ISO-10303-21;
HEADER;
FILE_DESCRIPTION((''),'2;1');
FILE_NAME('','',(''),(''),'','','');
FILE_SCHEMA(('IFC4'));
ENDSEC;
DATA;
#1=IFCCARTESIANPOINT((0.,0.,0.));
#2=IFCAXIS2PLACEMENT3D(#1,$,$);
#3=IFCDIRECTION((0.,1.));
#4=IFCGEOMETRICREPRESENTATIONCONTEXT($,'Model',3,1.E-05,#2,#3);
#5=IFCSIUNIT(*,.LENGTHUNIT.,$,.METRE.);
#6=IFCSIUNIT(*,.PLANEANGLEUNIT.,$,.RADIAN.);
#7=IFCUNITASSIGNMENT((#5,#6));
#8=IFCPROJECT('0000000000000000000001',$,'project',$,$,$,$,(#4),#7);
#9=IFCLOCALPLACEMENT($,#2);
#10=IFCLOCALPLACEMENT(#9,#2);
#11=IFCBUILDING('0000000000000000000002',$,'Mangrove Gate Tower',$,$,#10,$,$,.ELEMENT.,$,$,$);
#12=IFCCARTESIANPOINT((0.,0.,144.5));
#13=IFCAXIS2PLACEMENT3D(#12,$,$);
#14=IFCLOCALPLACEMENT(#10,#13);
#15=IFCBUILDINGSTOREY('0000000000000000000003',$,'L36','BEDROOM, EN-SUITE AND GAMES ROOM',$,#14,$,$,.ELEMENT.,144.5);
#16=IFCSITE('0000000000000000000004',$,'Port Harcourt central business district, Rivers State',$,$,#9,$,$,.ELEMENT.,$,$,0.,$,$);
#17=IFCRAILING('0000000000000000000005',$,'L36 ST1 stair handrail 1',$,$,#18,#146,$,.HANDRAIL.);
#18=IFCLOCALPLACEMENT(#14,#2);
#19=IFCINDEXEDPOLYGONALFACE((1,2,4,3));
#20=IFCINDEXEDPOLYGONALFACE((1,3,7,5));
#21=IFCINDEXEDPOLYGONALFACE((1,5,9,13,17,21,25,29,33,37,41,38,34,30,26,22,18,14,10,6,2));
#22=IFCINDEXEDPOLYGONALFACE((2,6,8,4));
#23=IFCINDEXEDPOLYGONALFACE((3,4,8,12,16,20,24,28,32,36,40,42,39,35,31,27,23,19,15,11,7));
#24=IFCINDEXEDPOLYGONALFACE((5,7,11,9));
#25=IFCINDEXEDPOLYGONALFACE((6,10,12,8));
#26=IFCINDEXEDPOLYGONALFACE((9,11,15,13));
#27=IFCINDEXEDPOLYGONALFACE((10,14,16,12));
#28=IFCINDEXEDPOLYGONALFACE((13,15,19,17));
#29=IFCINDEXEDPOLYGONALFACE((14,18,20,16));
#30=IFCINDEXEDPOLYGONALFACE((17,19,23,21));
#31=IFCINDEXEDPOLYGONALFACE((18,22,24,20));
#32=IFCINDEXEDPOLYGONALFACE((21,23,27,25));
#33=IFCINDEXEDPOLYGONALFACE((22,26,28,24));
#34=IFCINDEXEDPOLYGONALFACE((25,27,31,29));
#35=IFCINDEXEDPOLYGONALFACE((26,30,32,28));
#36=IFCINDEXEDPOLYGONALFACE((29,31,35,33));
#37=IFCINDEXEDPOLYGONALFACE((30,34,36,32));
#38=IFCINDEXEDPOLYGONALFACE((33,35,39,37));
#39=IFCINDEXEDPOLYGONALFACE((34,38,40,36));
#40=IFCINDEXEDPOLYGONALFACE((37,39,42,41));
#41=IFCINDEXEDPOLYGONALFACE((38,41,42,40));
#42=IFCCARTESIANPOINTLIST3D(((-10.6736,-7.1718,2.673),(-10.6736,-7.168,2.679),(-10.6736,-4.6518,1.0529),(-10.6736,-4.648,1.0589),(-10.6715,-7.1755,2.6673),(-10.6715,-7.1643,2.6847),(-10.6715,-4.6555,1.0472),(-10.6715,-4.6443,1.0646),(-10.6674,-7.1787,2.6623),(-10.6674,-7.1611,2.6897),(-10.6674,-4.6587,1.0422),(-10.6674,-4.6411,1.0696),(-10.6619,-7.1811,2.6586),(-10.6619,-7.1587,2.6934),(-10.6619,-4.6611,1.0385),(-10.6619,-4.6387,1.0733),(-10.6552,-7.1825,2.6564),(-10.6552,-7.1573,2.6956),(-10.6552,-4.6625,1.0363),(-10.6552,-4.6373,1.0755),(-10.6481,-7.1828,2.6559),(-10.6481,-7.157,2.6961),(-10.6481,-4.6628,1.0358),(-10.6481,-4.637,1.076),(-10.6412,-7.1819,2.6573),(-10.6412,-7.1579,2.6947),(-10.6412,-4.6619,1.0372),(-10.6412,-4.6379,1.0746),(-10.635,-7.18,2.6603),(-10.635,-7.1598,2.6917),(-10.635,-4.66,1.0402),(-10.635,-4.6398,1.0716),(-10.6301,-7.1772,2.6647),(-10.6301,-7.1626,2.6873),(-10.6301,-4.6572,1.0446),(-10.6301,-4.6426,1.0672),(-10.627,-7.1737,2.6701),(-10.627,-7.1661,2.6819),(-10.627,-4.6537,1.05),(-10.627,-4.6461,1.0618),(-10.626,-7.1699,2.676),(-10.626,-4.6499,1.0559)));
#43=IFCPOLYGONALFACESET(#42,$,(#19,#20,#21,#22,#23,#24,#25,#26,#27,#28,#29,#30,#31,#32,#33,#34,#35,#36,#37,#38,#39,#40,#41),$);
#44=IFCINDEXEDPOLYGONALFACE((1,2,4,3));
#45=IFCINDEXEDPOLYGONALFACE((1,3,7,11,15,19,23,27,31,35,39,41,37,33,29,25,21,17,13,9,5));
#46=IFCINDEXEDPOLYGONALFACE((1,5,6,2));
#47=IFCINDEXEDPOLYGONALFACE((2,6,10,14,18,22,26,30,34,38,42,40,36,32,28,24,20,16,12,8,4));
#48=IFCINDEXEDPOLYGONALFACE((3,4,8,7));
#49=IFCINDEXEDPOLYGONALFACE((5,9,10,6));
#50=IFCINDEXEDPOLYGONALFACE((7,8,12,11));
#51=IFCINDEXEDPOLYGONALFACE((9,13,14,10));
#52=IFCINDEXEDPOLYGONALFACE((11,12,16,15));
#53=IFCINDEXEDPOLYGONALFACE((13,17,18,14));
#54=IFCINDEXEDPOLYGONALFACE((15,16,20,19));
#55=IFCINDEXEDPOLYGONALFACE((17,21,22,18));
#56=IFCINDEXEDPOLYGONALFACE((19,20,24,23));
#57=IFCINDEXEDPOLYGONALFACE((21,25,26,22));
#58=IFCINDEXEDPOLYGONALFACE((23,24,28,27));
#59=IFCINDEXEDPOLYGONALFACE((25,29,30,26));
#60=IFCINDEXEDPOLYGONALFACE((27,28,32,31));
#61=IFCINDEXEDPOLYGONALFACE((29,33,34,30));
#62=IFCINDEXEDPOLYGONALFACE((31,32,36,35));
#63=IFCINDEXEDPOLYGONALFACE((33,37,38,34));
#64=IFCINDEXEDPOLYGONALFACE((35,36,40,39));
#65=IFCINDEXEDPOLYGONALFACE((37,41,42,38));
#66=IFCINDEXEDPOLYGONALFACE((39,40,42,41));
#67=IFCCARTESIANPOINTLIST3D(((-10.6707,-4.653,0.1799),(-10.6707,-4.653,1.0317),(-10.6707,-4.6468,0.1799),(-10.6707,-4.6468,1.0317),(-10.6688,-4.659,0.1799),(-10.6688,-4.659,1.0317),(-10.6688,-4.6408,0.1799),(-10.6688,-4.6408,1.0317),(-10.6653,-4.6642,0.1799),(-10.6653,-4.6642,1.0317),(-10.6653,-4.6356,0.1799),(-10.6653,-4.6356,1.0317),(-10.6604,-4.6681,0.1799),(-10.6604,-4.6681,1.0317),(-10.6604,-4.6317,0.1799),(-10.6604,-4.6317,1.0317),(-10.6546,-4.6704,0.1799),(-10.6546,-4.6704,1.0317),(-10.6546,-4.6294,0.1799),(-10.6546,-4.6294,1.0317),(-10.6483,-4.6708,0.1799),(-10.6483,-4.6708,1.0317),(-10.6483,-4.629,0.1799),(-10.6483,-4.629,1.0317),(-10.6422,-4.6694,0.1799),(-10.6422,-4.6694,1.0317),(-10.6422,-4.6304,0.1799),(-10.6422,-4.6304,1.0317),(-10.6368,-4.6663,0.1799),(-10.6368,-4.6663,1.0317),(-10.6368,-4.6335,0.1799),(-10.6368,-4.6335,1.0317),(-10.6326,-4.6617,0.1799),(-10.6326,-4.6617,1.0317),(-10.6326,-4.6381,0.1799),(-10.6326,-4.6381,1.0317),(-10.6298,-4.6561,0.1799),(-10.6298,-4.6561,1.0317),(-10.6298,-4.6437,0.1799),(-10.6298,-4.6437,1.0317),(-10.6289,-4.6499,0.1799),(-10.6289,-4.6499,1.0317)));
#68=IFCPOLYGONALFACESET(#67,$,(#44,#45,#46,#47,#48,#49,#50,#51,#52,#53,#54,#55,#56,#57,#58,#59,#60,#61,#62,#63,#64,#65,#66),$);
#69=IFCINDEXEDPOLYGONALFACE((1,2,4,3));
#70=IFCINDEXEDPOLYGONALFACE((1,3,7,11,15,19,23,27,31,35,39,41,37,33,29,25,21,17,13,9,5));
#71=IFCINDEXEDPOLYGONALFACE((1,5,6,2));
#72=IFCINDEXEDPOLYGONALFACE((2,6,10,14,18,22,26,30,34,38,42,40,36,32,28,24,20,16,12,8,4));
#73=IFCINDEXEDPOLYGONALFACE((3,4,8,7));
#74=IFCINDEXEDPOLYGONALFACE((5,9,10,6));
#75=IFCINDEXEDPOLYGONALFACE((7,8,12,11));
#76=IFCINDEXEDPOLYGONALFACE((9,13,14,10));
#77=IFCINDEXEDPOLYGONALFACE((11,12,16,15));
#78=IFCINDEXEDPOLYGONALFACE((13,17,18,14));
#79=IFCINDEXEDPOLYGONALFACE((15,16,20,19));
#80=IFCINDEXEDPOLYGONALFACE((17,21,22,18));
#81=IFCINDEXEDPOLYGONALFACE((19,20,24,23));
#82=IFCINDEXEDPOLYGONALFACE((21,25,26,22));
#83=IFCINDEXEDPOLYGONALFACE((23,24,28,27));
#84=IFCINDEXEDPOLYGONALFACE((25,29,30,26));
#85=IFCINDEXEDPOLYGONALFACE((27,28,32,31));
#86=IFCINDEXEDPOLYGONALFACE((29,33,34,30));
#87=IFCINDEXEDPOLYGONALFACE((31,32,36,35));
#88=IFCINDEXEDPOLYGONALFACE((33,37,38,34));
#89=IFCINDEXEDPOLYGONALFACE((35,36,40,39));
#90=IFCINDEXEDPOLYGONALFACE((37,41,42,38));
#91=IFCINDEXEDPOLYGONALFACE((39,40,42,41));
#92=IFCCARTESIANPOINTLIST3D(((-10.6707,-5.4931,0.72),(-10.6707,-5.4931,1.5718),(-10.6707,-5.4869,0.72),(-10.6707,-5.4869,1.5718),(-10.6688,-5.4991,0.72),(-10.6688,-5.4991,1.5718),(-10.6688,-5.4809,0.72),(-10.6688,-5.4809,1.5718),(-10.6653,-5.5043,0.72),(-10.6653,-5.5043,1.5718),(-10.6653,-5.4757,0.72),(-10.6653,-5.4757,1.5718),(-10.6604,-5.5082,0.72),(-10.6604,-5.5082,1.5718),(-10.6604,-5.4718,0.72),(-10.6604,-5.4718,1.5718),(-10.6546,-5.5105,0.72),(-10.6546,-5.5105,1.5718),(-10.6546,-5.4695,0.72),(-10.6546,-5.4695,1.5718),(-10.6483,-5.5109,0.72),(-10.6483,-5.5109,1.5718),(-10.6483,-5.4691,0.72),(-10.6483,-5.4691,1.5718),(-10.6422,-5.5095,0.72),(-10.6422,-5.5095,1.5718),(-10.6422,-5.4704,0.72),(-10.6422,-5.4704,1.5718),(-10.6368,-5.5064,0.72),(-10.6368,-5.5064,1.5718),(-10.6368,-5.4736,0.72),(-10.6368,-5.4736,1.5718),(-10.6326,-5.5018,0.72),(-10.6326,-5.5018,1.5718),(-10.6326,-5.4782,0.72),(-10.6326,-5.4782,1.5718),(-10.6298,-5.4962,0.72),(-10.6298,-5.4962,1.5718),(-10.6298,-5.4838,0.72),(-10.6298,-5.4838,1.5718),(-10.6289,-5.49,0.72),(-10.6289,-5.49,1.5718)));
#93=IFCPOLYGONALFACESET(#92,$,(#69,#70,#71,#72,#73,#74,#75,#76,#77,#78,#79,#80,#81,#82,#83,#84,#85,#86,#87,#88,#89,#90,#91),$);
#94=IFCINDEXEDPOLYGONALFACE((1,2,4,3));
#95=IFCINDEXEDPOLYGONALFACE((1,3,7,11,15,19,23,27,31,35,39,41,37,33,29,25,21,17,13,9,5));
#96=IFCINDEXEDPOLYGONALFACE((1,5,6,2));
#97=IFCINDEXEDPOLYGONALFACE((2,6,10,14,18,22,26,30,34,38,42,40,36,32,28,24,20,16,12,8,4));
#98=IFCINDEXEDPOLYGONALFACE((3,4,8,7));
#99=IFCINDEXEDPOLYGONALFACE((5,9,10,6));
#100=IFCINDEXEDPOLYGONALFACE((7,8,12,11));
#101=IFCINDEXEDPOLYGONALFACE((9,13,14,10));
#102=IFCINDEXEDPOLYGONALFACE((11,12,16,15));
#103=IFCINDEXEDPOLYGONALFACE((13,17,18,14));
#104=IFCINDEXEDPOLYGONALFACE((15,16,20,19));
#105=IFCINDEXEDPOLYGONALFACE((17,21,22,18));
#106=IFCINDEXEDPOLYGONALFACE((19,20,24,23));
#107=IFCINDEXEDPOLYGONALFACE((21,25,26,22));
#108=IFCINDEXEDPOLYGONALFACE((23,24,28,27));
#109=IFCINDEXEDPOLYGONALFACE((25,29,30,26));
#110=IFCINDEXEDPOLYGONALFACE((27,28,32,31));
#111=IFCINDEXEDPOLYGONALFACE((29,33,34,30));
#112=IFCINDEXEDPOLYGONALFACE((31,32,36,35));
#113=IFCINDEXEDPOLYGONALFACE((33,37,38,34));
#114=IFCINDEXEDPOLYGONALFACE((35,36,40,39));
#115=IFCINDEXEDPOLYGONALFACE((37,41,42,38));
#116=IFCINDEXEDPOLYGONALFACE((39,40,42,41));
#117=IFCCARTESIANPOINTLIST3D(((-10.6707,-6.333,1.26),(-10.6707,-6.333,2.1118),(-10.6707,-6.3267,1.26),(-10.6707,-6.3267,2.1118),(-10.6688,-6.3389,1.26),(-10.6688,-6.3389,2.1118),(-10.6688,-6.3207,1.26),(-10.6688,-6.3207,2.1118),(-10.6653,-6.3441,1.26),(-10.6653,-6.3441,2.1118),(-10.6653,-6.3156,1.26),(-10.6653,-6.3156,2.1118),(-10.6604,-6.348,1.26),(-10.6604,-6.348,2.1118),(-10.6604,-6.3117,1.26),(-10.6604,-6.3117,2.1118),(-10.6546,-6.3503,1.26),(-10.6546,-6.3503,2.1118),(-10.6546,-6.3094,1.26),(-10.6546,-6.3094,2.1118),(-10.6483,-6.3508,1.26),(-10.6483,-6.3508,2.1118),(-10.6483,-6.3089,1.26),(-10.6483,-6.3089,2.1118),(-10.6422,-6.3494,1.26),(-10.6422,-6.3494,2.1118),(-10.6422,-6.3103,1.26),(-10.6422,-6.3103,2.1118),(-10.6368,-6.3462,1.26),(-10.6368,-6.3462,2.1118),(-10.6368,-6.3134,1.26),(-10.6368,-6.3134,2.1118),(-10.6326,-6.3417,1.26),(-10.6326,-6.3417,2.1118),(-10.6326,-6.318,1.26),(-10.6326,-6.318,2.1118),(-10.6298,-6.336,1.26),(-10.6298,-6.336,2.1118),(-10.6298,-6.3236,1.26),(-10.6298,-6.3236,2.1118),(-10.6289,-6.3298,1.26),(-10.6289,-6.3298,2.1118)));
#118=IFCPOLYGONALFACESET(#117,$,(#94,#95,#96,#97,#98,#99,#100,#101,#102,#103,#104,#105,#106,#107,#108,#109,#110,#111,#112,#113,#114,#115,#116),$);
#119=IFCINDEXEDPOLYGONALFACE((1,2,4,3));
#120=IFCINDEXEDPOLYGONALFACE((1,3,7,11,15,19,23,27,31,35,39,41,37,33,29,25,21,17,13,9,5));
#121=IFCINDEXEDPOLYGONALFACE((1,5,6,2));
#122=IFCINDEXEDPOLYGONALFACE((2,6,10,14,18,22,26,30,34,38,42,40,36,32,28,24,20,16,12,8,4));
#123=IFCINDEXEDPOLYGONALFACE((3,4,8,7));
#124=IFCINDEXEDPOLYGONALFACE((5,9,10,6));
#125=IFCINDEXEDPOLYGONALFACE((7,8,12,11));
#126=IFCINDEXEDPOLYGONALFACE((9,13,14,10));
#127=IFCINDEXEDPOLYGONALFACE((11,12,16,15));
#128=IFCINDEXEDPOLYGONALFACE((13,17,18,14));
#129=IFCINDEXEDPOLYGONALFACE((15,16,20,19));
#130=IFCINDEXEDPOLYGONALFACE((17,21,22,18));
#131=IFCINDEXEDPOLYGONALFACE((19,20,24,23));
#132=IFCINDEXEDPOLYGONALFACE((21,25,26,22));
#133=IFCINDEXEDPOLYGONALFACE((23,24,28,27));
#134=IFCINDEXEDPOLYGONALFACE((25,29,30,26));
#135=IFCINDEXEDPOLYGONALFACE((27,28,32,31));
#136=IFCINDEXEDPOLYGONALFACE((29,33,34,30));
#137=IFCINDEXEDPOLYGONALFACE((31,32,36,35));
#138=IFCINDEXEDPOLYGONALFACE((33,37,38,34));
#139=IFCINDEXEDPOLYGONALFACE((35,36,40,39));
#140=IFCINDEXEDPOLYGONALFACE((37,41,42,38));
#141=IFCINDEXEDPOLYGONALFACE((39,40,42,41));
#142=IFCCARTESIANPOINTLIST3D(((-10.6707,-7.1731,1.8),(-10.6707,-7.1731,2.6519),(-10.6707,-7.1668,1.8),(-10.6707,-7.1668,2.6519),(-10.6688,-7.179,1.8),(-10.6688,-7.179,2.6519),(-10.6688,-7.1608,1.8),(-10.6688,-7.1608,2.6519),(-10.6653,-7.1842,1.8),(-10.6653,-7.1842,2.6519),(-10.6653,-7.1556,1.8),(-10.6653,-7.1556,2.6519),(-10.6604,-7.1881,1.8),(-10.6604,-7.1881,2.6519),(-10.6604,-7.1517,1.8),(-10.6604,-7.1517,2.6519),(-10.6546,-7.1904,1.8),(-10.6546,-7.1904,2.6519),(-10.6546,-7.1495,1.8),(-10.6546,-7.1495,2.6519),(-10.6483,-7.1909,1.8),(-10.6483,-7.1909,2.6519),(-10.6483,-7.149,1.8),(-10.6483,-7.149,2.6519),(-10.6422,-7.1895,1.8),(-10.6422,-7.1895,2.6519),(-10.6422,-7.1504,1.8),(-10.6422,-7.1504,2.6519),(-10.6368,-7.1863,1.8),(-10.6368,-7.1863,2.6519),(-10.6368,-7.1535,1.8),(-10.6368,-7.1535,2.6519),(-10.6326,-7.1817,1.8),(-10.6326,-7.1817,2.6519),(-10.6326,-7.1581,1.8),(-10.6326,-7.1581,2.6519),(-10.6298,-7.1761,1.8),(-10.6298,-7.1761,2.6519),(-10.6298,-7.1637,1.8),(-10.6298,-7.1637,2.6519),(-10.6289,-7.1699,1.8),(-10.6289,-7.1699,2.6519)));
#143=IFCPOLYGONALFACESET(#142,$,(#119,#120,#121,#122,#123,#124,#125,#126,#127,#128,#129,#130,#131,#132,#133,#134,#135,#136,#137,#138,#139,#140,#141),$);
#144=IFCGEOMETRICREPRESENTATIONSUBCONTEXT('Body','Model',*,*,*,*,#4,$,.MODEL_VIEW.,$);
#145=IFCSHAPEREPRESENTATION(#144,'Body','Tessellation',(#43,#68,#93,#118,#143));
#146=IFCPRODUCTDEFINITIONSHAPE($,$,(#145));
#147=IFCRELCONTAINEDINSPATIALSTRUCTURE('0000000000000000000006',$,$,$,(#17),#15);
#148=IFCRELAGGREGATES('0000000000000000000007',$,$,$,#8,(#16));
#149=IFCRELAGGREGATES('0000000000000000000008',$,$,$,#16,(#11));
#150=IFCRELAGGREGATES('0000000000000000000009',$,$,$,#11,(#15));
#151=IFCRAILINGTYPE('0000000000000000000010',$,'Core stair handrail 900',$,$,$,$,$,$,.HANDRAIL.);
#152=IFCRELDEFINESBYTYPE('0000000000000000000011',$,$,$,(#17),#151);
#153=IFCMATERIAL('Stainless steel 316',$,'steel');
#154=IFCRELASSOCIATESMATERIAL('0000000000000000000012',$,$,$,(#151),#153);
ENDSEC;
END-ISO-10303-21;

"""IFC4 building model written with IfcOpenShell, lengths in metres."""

from ifc_helpers import new_model, si_unit, direction, frame, origin, origin_2d, place, context, subcontext, project, spatial, circle, extrude, material, type_object, element, save


model = new_model("IFC4")

# Units and contexts
model_context = context("Model", 3, precision=1e-05, world=origin(), true_north=direction((0.0, 1.0)))
body_context = subcontext(model_context, "Body", "Model", "MODEL_VIEW")
ifc_project = project(units=[si_unit("LENGTHUNIT", "METRE"), si_unit("PLANEANGLEUNIT", "RADIAN")], contexts=[model_context])

# Site, building, storey
site_placement = place(None, origin())
site = spatial("IfcSite", under=ifc_project, at=site_placement, Name="Port Harcourt central business district, Rivers State", CompositionType="ELEMENT", RefElevation=0.0)
building_placement = place(site_placement, origin())
building = spatial("IfcBuilding", under=site, at=building_placement, Name="Mangrove Gate Tower", CompositionType="ELEMENT")
storey_placement = place(building_placement, frame((0.0, 0.0, 144.5)))
storey = spatial("IfcBuildingStorey", under=building, at=storey_placement, Name="L36", Description="BEDROOM, EN-SUITE AND GAMES ROOM", CompositionType="ELEMENT", Elevation=144.5)

# Railing
ifc_material_1 = material(Name="Stainless steel 316", Category="steel")
railing_type_1 = type_object("IfcRailingType", Name="Core stair handrail 900", PredefinedType="HANDRAIL", material=ifc_material_1)
for number, where, name in (
    (1, (-10.6499, -4.6499, 0.1799), "L36 ST1 stair handrail 1"),
):
    element("IfcRailing", number, at=place(storey_placement, frame(where)), inside=storey, type_object=railing_type_1, Name=name, PredefinedType="HANDRAIL", context=body_context, shape_type="SweptSolid", body=[
        extrude(circle(Radius=0.0239, at=origin_2d()), frame((0.0, 0.0, 0.876), z_axis=(0.0, -0.841163, 0.540782), x_axis=(1.0, 0.0, 0.0)), (0.0, 0.0, 1.0), 2.9958),
        extrude(circle(Radius=0.021, at=origin_2d()), origin(), (0.0, 0.0, 1.0), 0.8518),
        extrude(circle(Radius=0.021, at=origin_2d()), frame((0.0, -0.8401, 0.54)), (0.0, 0.0, 1.0), 0.8518),
        extrude(circle(Radius=0.021, at=origin_2d()), frame((0.0, -1.6799, 1.0801)), (0.0, 0.0, 1.0), 0.8518),
        extrude(circle(Radius=0.021, at=origin_2d()), frame((0.0, -2.52, 1.6201)), (0.0, 0.0, 1.0), 0.8518),
    ])

save(model, "model.ifc")
